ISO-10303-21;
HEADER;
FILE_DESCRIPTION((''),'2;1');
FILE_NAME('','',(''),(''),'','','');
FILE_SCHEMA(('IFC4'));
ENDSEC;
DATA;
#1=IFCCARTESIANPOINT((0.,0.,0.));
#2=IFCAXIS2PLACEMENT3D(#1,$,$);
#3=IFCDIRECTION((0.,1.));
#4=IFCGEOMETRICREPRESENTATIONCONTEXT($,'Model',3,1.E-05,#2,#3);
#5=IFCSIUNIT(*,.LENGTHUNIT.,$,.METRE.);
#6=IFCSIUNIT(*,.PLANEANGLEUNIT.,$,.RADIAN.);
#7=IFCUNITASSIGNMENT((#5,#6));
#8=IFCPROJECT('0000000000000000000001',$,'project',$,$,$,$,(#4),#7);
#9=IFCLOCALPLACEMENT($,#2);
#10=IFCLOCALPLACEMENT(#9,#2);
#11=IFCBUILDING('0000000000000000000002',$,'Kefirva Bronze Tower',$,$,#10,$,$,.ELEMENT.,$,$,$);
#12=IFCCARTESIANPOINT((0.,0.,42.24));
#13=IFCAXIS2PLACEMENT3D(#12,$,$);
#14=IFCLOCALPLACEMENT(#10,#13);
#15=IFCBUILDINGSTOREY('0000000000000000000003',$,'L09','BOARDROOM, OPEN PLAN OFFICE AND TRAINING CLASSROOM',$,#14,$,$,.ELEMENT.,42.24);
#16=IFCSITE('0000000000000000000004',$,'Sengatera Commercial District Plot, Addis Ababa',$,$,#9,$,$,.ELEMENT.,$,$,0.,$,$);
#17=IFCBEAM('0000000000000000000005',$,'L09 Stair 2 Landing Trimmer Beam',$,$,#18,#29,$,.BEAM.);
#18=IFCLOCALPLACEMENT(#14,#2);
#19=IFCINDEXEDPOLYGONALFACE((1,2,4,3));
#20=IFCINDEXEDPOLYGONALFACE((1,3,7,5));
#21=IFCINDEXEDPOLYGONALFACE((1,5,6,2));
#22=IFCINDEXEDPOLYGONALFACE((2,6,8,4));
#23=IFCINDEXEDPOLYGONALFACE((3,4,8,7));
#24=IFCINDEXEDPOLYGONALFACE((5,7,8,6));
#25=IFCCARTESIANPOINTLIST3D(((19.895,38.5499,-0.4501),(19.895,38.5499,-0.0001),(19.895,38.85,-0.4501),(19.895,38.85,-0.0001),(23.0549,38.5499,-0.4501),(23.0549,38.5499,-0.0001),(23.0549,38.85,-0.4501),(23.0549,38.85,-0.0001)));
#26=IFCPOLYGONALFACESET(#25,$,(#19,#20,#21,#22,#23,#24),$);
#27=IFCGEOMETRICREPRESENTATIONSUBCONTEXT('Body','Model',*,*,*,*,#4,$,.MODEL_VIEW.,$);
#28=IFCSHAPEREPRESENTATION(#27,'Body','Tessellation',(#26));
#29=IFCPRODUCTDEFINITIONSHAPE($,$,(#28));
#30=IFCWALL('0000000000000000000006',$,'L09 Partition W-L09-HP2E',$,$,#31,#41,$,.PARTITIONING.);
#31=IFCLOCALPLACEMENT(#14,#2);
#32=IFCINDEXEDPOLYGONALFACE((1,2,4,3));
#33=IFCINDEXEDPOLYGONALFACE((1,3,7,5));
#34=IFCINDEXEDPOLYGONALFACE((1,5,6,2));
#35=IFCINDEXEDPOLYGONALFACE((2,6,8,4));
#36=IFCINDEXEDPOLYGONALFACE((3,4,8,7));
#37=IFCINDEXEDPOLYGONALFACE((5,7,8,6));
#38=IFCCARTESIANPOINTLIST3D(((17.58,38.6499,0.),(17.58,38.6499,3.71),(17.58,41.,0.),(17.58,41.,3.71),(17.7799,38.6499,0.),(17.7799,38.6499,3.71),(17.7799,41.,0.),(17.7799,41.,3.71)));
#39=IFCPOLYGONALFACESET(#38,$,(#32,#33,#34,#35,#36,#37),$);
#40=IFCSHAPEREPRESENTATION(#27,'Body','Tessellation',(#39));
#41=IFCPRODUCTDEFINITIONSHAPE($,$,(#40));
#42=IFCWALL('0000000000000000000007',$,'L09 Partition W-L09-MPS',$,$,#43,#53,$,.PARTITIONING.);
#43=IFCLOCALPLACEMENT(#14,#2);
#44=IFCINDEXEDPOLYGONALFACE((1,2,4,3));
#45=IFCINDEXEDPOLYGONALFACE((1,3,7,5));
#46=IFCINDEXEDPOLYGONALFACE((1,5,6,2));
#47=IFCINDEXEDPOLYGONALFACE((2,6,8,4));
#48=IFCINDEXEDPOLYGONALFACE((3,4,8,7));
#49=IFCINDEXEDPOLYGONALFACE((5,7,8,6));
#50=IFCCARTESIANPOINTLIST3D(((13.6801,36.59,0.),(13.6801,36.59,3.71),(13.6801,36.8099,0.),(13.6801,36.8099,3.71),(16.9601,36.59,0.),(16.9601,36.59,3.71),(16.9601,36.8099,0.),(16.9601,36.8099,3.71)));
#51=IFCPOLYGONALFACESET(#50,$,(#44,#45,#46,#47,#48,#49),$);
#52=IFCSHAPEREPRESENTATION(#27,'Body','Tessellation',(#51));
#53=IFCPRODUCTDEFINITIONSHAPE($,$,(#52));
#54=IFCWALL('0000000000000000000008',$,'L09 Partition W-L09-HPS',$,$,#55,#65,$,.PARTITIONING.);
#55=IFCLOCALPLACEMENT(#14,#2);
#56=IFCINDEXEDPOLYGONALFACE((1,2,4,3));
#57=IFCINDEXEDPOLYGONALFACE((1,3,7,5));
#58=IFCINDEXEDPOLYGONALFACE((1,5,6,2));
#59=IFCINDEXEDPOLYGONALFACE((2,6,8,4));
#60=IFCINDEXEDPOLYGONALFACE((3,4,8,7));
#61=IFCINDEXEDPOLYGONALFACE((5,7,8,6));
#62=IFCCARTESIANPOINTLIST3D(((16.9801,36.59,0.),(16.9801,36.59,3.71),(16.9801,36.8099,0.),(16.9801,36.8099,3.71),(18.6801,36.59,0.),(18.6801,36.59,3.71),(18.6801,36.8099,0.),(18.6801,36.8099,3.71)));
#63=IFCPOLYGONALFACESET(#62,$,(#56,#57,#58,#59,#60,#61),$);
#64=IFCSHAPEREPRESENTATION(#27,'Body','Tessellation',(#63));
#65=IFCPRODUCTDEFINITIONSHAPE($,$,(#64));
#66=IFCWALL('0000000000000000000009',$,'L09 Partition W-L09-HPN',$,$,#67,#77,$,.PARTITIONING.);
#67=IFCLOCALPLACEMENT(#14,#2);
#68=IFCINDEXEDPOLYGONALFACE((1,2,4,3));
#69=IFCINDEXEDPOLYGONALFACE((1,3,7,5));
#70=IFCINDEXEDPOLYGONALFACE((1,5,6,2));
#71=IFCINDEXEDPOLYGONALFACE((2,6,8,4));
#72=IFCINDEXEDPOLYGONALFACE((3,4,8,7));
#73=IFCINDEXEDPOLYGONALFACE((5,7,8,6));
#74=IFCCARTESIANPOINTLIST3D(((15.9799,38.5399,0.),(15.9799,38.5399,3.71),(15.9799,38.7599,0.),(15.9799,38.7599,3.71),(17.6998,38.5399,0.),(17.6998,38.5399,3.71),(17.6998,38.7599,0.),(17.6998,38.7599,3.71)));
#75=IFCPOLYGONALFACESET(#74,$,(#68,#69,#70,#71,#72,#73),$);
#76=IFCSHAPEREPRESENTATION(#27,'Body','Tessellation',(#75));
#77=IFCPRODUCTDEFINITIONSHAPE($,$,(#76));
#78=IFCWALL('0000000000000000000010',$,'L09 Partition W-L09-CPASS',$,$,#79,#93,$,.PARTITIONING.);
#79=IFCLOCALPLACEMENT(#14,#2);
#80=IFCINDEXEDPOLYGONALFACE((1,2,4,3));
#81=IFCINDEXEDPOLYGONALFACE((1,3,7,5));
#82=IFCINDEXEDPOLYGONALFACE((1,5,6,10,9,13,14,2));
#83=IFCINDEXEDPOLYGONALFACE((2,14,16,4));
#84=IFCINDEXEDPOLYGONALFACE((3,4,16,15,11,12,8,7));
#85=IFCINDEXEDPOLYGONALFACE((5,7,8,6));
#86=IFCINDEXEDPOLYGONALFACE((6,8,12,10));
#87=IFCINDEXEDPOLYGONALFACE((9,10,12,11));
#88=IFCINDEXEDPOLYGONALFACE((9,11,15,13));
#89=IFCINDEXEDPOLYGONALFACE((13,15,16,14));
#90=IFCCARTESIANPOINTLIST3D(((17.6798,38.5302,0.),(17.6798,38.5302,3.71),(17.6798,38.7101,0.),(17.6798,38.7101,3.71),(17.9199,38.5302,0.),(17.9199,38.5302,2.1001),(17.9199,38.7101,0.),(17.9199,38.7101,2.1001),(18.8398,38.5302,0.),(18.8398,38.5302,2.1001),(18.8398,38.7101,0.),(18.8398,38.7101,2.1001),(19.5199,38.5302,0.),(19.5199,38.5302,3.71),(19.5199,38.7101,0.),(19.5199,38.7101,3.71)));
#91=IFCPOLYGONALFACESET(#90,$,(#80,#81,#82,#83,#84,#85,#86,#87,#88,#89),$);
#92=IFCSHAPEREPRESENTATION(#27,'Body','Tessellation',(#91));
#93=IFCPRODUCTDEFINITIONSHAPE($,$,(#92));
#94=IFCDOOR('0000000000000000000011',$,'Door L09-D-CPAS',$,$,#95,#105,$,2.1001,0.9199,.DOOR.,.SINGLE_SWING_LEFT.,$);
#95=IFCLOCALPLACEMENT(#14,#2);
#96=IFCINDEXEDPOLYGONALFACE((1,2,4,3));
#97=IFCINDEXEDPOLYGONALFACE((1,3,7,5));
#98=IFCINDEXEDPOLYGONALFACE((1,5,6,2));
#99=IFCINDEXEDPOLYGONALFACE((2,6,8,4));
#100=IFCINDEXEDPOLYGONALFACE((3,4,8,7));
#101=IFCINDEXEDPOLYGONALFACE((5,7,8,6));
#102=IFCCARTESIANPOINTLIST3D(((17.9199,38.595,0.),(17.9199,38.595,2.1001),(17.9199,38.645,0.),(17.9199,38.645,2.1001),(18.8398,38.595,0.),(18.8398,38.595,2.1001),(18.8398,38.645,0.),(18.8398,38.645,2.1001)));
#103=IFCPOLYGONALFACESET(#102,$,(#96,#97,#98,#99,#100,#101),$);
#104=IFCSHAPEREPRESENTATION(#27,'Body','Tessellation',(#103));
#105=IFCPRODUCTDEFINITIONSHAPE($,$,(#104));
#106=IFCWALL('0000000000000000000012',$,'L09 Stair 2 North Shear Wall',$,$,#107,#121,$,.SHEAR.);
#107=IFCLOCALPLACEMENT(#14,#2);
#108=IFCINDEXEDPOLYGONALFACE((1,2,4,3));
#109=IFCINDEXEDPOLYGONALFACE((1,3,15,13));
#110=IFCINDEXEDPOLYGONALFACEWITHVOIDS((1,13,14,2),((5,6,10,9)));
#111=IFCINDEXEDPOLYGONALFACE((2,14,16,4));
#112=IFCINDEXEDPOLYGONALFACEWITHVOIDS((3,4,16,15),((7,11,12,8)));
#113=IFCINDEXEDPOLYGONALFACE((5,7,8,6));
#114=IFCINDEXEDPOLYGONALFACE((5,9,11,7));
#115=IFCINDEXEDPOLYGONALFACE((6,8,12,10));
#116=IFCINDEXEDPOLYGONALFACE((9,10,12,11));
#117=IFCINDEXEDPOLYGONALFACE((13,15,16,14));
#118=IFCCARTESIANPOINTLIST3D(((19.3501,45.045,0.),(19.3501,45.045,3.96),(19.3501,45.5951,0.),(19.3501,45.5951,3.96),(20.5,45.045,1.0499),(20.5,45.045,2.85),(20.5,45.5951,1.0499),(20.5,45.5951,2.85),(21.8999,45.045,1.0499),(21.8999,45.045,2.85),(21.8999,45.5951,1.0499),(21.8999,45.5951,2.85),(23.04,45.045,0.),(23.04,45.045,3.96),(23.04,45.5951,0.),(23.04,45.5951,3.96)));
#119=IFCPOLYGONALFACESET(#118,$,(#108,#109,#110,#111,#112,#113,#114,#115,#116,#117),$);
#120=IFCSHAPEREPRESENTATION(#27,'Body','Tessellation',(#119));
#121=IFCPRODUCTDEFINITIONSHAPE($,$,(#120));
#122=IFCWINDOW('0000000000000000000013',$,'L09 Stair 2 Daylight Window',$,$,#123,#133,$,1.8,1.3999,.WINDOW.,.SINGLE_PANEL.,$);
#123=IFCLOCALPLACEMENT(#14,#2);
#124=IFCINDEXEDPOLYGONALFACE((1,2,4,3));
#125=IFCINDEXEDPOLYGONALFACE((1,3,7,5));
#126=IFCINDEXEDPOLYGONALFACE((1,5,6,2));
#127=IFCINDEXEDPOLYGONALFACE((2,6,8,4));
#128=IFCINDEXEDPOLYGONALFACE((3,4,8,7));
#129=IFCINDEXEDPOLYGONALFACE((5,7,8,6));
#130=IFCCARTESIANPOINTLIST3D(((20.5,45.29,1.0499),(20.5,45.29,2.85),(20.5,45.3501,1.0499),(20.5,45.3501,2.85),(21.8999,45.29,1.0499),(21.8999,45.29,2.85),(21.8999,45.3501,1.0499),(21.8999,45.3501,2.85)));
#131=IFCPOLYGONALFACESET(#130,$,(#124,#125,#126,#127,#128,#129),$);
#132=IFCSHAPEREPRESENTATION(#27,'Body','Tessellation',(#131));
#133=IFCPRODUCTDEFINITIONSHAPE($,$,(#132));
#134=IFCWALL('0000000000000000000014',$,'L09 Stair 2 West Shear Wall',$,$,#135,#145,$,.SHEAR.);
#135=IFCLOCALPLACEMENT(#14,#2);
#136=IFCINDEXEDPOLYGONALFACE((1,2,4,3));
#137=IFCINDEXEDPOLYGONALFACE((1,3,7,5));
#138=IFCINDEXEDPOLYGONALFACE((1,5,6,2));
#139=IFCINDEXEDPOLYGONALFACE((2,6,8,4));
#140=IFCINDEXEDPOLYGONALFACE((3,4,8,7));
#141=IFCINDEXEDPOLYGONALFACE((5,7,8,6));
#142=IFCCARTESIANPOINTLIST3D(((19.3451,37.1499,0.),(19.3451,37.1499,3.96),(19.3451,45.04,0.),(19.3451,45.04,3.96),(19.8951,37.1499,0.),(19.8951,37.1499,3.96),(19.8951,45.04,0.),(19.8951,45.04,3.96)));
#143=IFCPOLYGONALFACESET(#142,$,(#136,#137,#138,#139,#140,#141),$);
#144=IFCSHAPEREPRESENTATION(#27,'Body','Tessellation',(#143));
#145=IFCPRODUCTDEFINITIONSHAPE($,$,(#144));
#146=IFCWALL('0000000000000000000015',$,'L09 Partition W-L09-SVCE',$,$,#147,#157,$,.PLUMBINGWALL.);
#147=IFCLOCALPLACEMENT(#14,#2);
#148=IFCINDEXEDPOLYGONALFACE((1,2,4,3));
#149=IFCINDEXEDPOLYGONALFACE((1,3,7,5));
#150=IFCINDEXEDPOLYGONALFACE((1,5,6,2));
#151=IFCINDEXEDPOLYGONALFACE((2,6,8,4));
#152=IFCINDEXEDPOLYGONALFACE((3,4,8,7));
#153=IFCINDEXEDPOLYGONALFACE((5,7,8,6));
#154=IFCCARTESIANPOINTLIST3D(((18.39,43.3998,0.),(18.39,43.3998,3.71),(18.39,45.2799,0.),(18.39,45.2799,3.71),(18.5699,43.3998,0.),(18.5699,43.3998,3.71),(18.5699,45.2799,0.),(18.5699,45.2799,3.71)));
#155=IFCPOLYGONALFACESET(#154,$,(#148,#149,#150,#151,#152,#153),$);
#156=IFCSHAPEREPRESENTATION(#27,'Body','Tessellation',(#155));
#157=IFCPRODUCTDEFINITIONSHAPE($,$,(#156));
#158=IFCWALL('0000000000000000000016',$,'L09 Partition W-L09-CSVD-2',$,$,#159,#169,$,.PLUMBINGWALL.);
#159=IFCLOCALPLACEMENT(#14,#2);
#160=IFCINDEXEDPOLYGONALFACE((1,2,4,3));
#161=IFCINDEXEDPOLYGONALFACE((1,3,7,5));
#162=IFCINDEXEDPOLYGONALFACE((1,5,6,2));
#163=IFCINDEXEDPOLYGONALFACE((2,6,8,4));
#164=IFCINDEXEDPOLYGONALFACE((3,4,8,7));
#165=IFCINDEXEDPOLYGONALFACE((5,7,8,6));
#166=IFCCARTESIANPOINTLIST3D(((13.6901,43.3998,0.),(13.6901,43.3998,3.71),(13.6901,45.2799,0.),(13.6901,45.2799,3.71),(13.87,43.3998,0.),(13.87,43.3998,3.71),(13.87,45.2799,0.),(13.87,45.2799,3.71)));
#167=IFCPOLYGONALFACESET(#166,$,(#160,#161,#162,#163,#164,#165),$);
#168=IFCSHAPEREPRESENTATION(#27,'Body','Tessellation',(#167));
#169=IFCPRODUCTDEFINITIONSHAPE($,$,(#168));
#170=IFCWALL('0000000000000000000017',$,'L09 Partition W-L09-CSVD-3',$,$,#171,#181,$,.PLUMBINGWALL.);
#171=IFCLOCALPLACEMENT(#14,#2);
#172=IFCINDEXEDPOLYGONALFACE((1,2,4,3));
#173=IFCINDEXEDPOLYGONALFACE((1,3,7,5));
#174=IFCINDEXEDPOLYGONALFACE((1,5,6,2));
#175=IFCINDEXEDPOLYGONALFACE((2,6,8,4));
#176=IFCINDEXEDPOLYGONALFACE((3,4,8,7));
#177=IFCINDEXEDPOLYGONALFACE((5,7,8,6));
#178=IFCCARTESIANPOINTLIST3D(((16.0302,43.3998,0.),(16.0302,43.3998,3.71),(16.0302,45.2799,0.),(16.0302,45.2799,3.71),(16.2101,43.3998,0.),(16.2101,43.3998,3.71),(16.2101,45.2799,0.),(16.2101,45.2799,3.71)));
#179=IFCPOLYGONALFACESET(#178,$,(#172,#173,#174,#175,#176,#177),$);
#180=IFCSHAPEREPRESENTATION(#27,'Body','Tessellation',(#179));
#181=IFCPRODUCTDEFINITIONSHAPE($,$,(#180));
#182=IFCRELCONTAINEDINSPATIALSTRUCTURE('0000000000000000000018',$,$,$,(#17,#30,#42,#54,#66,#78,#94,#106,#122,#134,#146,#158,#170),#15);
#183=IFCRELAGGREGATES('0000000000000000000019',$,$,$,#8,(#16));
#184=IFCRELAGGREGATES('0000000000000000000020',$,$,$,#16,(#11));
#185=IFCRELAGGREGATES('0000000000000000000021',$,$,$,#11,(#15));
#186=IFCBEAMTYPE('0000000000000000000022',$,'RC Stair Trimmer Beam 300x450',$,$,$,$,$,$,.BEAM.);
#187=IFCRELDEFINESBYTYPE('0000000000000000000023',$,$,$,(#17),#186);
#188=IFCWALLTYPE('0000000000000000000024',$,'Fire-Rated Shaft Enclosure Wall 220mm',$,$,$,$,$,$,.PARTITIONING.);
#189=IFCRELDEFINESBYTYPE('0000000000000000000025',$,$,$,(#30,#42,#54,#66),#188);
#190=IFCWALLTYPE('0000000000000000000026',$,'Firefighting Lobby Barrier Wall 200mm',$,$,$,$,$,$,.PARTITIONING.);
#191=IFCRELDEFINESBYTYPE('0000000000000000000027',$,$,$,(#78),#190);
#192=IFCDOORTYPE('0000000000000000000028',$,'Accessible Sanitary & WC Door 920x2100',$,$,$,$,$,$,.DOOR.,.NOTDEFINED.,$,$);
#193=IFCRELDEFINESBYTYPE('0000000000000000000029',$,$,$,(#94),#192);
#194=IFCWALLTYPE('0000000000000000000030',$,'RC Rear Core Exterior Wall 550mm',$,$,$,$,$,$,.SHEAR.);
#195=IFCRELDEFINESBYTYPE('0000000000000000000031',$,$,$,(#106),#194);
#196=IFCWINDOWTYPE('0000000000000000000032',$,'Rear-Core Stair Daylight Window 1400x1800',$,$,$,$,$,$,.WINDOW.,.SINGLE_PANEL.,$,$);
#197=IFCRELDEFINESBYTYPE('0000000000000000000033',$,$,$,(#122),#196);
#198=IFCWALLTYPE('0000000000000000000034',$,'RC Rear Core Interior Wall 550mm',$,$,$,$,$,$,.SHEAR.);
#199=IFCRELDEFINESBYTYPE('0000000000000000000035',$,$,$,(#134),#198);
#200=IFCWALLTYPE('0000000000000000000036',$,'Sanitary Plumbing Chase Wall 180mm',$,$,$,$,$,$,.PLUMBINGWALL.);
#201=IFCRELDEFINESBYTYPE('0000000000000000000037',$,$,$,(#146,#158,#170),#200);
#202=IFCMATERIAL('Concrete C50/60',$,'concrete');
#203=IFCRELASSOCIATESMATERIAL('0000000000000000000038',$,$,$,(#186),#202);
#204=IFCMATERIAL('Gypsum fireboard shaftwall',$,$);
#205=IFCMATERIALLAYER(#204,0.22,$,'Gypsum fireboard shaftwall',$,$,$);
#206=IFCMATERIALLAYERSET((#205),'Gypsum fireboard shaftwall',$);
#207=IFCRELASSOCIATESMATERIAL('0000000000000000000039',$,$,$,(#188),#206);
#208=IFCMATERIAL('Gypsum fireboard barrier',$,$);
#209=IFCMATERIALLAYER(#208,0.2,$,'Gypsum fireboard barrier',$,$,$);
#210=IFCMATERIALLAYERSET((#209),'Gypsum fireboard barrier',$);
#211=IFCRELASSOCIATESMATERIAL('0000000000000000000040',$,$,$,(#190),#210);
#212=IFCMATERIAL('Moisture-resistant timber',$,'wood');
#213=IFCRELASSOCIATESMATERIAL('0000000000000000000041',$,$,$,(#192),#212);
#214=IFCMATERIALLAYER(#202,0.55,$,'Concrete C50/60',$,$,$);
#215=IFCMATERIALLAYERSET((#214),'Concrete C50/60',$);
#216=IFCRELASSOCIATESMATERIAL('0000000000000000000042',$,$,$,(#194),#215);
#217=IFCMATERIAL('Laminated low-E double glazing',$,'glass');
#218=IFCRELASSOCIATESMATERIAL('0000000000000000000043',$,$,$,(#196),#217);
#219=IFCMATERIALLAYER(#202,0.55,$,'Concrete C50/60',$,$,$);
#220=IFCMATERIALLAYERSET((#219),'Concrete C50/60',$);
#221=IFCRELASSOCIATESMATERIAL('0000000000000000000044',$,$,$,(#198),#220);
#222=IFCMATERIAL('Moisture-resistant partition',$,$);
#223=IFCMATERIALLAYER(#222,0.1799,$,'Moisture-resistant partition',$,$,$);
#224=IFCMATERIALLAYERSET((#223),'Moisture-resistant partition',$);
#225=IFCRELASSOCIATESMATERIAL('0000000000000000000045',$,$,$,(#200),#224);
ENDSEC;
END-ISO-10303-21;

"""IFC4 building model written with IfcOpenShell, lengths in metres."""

from ifc_helpers import new_model, si_unit, direction, frame, frame_2d, origin, origin_2d, place, context, subcontext, project, spatial, rectangle, extrude, material, layer, layer_set, material_profile, profile_set, type_object, element, fill, save


model = new_model("IFC4")

# Units and contexts
model_context = context("Model", 3, precision=1e-05, world=origin(), true_north=direction((0.0, 1.0)))
body_context = subcontext(model_context, "Body", "Model", "MODEL_VIEW")
ifc_project = project(units=[si_unit("LENGTHUNIT", "METRE"), si_unit("PLANEANGLEUNIT", "RADIAN")], contexts=[model_context])

# Site, building, storey
site_placement = place(None, origin())
site = spatial("IfcSite", under=ifc_project, at=site_placement, Name="Sengatera Commercial District Plot, Addis Ababa", CompositionType="ELEMENT", RefElevation=0.0)
building_placement = place(site_placement, origin())
building = spatial("IfcBuilding", under=site, at=building_placement, Name="Kefirva Bronze Tower", CompositionType="ELEMENT")
storey_placement = place(building_placement, frame((0.0, 0.0, 42.24)))
storey = spatial("IfcBuildingStorey", under=building, at=storey_placement, Name="L09", Description="BOARDROOM, OPEN PLAN OFFICE AND TRAINING CLASSROOM", CompositionType="ELEMENT", Elevation=42.24)

# Beam
ifc_material_1 = material(Name="Concrete C50/60", Category="concrete")
ifc_material_profile = material_profile(ifc_material_1, rectangle(XDim=0.3, YDim=0.45, at=origin_2d()), Name="RC 300x450")
ifc_profile_set = profile_set([ifc_material_profile], Name="Concrete C50/60")
beam_type = type_object("IfcBeamType", Name="RC Stair Trimmer Beam 300x450", PredefinedType="BEAM", material=ifc_profile_set)
beam_placement = place(storey_placement, frame((19.895, 38.7, -0.2251), z_axis=(1.0, 0.0, 0.0), x_axis=(0.0, 1.0, 0.0)))
element("IfcBeam", 1, at=beam_placement, inside=storey, type_object=beam_type, Name="L09 Stair 2 Landing Trimmer Beam", PredefinedType="BEAM", context=body_context, shape_type="SweptSolid", body=[
    extrude(rectangle(XDim=0.3, YDim=0.45, at=origin_2d()), origin(), (0.0, 0.0, 1.0), 3.1599),
])

# Shared definitions
ifc_material_2 = material(Name="Gypsum fireboard shaftwall")
ifc_layer_1 = layer(ifc_material_2, 0.22, Name="Gypsum fireboard shaftwall")
ifc_layer_set_1 = layer_set([ifc_layer_1], Name="Gypsum fireboard shaftwall")
wall_type_1 = type_object("IfcWallType", Name="Fire-Rated Shaft Enclosure Wall 220mm", PredefinedType="PARTITIONING", material=ifc_layer_set_1)

# Walls
wall_1_placement = place(storey_placement, frame((17.6799, 38.6499, 0.0), z_axis=(0.0, 0.0, 1.0), x_axis=(0.0, 1.0, 0.0)))
element("IfcWall", 2, at=wall_1_placement, inside=storey, type_object=wall_type_1, Name="L09 Partition W-L09-HP2E", PredefinedType="PARTITIONING", context=body_context, shape_type="SweptSolid", body=[
    extrude(rectangle(XDim=2.3501, YDim=0.2, at=frame_2d((1.175, 0.0))), origin(), (0.0, 0.0, 1.0), 3.71),
])
wall_2_placement = place(storey_placement, frame((13.6799, 36.7, 0.0), z_axis=(0.0, 0.0, 1.0), x_axis=(1.0, 0.0, 0.0)))
element("IfcWall", 3, at=wall_2_placement, inside=storey, type_object=wall_type_1, Name="L09 Partition W-L09-MPS", PredefinedType="PARTITIONING", context=body_context, shape_type="SweptSolid", body=[
    extrude(rectangle(XDim=3.28, YDim=0.22, at=frame_2d((1.6401, 0.0))), origin(), (0.0, 0.0, 1.0), 3.71),
])
wall_3_placement = place(storey_placement, frame((16.98, 36.7, 0.0), z_axis=(0.0, 0.0, 1.0), x_axis=(1.0, 0.0, 0.0)))
element("IfcWall", 4, at=wall_3_placement, inside=storey, type_object=wall_type_1, Name="L09 Partition W-L09-HPS", PredefinedType="PARTITIONING", context=body_context, shape_type="SweptSolid", body=[
    extrude(rectangle(XDim=1.7, YDim=0.22, at=frame_2d((0.8501, 0.0))), origin(), (0.0, 0.0, 1.0), 3.71),
])
wall_4_placement = place(storey_placement, frame((15.98, 38.6499, 0.0), z_axis=(0.0, 0.0, 1.0), x_axis=(1.0, 0.0, 0.0)))
element("IfcWall", 5, at=wall_4_placement, inside=storey, type_object=wall_type_1, Name="L09 Partition W-L09-HPN", PredefinedType="PARTITIONING", context=body_context, shape_type="SweptSolid", body=[
    extrude(rectangle(XDim=1.72, YDim=0.22, at=frame_2d((0.8599, 0.0))), origin(), (0.0, 0.0, 1.0), 3.71),
])

# Wall, opening, door
ifc_material_3 = material(Name="Gypsum fireboard barrier")
ifc_layer_2 = layer(ifc_material_3, 0.2, Name="Gypsum fireboard barrier")
ifc_layer_set_2 = layer_set([ifc_layer_2], Name="Gypsum fireboard barrier")
wall_type_2 = type_object("IfcWallType", Name="Firefighting Lobby Barrier Wall 200mm", PredefinedType="PARTITIONING", material=ifc_layer_set_2)
wall_5_placement = place(storey_placement, frame((17.6799, 38.6201, 0.0), z_axis=(0.0, 0.0, 1.0), x_axis=(1.0, 0.0, 0.0)))
wall_5 = element("IfcWall", 6, at=wall_5_placement, inside=storey, type_object=wall_type_2, Name="L09 Partition W-L09-CPASS", PredefinedType="PARTITIONING", context=body_context, shape_type="SweptSolid", body=[
    extrude(rectangle(XDim=1.8401, YDim=0.1799, at=frame_2d((0.9199, 0.0))), origin(), (0.0, 0.0, 1.0), 3.71),
])
opening_1_placement = place(wall_5_placement, frame((0.24, 0.0, 0.0)))
opening_1 = element("IfcOpeningElement", 7, at=opening_1_placement, cuts=wall_5, PredefinedType="OPENING", context=body_context, shape_type="SweptSolid", body=[
    extrude(rectangle(XDim=0.9199, YDim=2.1001, at=frame_2d((0.46, 1.05))), frame((0.0, 0.1001, 0.0), z_axis=(0.0, -1.0, 0.0), x_axis=(1.0, 0.0, 0.0)), (0.0, 0.0, 1.0), 0.2),
])
ifc_material_4 = material(Name="Moisture-resistant timber", Category="wood")
door_type_1 = type_object("IfcDoorType", Name="Accessible Sanitary & WC Door 920x2100", OperationType="NOTDEFINED", PredefinedType="DOOR", material=ifc_material_4)
door_1_placement = place(opening_1_placement, origin())
door_1 = element("IfcDoor", 8, at=door_1_placement, inside=storey, type_object=door_type_1, Name="Door L09-D-CPAS", OperationType="SINGLE_SWING_LEFT", OverallHeight=2.1001, OverallWidth=0.9199, PredefinedType="DOOR", context=body_context, shape_type="SweptSolid", body=[
    extrude(rectangle(XDim=0.9199, YDim=2.1001, at=frame_2d((0.46, 1.05))), frame((0.0, 0.0249, 0.0), z_axis=(0.0, -1.0, 0.0), x_axis=(1.0, 0.0, 0.0)), (0.0, 0.0, 1.0), 0.05),
])
fill(opening_1, door_1)

# Wall, opening, window
ifc_layer_3 = layer(ifc_material_1, 0.55, Name="Concrete C50/60")
ifc_layer_set_3 = layer_set([ifc_layer_3], Name="Concrete C50/60")
wall_type_3 = type_object("IfcWallType", Name="RC Rear Core Exterior Wall 550mm", PredefinedType="SHEAR", material=ifc_layer_set_3)
wall_6_placement = place(storey_placement, frame((19.3501, 45.3201, 0.0), z_axis=(0.0, 0.0, 1.0), x_axis=(1.0, 0.0, 0.0)))
wall_6 = element("IfcWall", 9, at=wall_6_placement, inside=storey, type_object=wall_type_3, Name="L09 Stair 2 North Shear Wall", PredefinedType="SHEAR", context=body_context, shape_type="SweptSolid", body=[
    extrude(rectangle(XDim=3.6899, YDim=0.55, at=frame_2d((1.845, 0.0))), origin(), (0.0, 0.0, 1.0), 3.96),
])
opening_2_placement = place(wall_6_placement, frame((1.1499, 0.0, 1.05)))
opening_2 = element("IfcOpeningElement", 10, at=opening_2_placement, cuts=wall_6, PredefinedType="OPENING", context=body_context, shape_type="SweptSolid", body=[
    extrude(rectangle(XDim=1.3999, YDim=1.8, at=frame_2d((0.7, 0.8999))), frame((0.0, 0.2852, 0.0), z_axis=(0.0, -1.0, 0.0), x_axis=(1.0, 0.0, 0.0)), (0.0, 0.0, 1.0), 0.5701),
])
ifc_material_5 = material(Name="Laminated low-E double glazing", Category="glass")
window_type = type_object("IfcWindowType", Name="Rear-Core Stair Daylight Window 1400x1800", PartitioningType="SINGLE_PANEL", PredefinedType="WINDOW", material=ifc_material_5)
window_placement = place(opening_2_placement, origin())
window = element("IfcWindow", 11, at=window_placement, inside=storey, type_object=window_type, Name="L09 Stair 2 Daylight Window", OverallHeight=1.8, OverallWidth=1.3999, PartitioningType="SINGLE_PANEL", PredefinedType="WINDOW", context=body_context, shape_type="SweptSolid", body=[
    extrude(rectangle(XDim=1.3999, YDim=1.8, at=frame_2d((0.7, 0.8999))), frame((0.0, 0.03, 0.0), z_axis=(0.0, -1.0, 0.0), x_axis=(1.0, 0.0, 0.0)), (0.0, 0.0, 1.0), 0.0601),
])
fill(opening_2, window)

# Walls
ifc_layer_4 = layer(ifc_material_1, 0.55, Name="Concrete C50/60")
ifc_layer_set_4 = layer_set([ifc_layer_4], Name="Concrete C50/60")
wall_type_4 = type_object("IfcWallType", Name="RC Rear Core Interior Wall 550mm", PredefinedType="SHEAR", material=ifc_layer_set_4)
wall_7_placement = place(storey_placement, frame((19.6201, 37.1499, 0.0), z_axis=(0.0, 0.0, 1.0), x_axis=(0.0, 1.0, 0.0)))
element("IfcWall", 12, at=wall_7_placement, inside=storey, type_object=wall_type_4, Name="L09 Stair 2 West Shear Wall", PredefinedType="SHEAR", context=body_context, shape_type="SweptSolid", body=[
    extrude(rectangle(XDim=7.8901, YDim=0.55, at=frame_2d((3.9451, 0.0))), origin(), (0.0, 0.0, 1.0), 3.96),
])
ifc_material_6 = material(Name="Moisture-resistant partition")
ifc_layer_5 = layer(ifc_material_6, 0.1799, Name="Moisture-resistant partition")
ifc_layer_set_5 = layer_set([ifc_layer_5], Name="Moisture-resistant partition")
wall_type_5 = type_object("IfcWallType", Name="Sanitary Plumbing Chase Wall 180mm", PredefinedType="PLUMBINGWALL", material=ifc_layer_set_5)
for number, where, z_axis, x_axis, name in (
    (13, (18.48, 43.3999, 0.0), (0.0, 0.0, 1.0), (0.0, 1.0, 0.0), "L09 Partition W-L09-SVCE"),
    (14, (13.78, 43.3999, 0.0), (0.0, 0.0, 1.0), (0.0, 1.0, 0.0), "L09 Partition W-L09-CSVD-2"),
    (15, (16.1201, 43.3999, 0.0), (0.0, 0.0, 1.0), (0.0, 1.0, 0.0), "L09 Partition W-L09-CSVD-3"),
):
    element("IfcWall", number, at=place(storey_placement, frame(where, z_axis=z_axis, x_axis=x_axis)), inside=storey, type_object=wall_type_5, Name=name, PredefinedType="PLUMBINGWALL", context=body_context, shape_type="SweptSolid", body=[
        extrude(rectangle(XDim=1.8801, YDim=0.1799, at=frame_2d((0.9399, 0.0))), origin(), (0.0, 0.0, 1.0), 3.71),
    ])

save(model, "model.ifc")
